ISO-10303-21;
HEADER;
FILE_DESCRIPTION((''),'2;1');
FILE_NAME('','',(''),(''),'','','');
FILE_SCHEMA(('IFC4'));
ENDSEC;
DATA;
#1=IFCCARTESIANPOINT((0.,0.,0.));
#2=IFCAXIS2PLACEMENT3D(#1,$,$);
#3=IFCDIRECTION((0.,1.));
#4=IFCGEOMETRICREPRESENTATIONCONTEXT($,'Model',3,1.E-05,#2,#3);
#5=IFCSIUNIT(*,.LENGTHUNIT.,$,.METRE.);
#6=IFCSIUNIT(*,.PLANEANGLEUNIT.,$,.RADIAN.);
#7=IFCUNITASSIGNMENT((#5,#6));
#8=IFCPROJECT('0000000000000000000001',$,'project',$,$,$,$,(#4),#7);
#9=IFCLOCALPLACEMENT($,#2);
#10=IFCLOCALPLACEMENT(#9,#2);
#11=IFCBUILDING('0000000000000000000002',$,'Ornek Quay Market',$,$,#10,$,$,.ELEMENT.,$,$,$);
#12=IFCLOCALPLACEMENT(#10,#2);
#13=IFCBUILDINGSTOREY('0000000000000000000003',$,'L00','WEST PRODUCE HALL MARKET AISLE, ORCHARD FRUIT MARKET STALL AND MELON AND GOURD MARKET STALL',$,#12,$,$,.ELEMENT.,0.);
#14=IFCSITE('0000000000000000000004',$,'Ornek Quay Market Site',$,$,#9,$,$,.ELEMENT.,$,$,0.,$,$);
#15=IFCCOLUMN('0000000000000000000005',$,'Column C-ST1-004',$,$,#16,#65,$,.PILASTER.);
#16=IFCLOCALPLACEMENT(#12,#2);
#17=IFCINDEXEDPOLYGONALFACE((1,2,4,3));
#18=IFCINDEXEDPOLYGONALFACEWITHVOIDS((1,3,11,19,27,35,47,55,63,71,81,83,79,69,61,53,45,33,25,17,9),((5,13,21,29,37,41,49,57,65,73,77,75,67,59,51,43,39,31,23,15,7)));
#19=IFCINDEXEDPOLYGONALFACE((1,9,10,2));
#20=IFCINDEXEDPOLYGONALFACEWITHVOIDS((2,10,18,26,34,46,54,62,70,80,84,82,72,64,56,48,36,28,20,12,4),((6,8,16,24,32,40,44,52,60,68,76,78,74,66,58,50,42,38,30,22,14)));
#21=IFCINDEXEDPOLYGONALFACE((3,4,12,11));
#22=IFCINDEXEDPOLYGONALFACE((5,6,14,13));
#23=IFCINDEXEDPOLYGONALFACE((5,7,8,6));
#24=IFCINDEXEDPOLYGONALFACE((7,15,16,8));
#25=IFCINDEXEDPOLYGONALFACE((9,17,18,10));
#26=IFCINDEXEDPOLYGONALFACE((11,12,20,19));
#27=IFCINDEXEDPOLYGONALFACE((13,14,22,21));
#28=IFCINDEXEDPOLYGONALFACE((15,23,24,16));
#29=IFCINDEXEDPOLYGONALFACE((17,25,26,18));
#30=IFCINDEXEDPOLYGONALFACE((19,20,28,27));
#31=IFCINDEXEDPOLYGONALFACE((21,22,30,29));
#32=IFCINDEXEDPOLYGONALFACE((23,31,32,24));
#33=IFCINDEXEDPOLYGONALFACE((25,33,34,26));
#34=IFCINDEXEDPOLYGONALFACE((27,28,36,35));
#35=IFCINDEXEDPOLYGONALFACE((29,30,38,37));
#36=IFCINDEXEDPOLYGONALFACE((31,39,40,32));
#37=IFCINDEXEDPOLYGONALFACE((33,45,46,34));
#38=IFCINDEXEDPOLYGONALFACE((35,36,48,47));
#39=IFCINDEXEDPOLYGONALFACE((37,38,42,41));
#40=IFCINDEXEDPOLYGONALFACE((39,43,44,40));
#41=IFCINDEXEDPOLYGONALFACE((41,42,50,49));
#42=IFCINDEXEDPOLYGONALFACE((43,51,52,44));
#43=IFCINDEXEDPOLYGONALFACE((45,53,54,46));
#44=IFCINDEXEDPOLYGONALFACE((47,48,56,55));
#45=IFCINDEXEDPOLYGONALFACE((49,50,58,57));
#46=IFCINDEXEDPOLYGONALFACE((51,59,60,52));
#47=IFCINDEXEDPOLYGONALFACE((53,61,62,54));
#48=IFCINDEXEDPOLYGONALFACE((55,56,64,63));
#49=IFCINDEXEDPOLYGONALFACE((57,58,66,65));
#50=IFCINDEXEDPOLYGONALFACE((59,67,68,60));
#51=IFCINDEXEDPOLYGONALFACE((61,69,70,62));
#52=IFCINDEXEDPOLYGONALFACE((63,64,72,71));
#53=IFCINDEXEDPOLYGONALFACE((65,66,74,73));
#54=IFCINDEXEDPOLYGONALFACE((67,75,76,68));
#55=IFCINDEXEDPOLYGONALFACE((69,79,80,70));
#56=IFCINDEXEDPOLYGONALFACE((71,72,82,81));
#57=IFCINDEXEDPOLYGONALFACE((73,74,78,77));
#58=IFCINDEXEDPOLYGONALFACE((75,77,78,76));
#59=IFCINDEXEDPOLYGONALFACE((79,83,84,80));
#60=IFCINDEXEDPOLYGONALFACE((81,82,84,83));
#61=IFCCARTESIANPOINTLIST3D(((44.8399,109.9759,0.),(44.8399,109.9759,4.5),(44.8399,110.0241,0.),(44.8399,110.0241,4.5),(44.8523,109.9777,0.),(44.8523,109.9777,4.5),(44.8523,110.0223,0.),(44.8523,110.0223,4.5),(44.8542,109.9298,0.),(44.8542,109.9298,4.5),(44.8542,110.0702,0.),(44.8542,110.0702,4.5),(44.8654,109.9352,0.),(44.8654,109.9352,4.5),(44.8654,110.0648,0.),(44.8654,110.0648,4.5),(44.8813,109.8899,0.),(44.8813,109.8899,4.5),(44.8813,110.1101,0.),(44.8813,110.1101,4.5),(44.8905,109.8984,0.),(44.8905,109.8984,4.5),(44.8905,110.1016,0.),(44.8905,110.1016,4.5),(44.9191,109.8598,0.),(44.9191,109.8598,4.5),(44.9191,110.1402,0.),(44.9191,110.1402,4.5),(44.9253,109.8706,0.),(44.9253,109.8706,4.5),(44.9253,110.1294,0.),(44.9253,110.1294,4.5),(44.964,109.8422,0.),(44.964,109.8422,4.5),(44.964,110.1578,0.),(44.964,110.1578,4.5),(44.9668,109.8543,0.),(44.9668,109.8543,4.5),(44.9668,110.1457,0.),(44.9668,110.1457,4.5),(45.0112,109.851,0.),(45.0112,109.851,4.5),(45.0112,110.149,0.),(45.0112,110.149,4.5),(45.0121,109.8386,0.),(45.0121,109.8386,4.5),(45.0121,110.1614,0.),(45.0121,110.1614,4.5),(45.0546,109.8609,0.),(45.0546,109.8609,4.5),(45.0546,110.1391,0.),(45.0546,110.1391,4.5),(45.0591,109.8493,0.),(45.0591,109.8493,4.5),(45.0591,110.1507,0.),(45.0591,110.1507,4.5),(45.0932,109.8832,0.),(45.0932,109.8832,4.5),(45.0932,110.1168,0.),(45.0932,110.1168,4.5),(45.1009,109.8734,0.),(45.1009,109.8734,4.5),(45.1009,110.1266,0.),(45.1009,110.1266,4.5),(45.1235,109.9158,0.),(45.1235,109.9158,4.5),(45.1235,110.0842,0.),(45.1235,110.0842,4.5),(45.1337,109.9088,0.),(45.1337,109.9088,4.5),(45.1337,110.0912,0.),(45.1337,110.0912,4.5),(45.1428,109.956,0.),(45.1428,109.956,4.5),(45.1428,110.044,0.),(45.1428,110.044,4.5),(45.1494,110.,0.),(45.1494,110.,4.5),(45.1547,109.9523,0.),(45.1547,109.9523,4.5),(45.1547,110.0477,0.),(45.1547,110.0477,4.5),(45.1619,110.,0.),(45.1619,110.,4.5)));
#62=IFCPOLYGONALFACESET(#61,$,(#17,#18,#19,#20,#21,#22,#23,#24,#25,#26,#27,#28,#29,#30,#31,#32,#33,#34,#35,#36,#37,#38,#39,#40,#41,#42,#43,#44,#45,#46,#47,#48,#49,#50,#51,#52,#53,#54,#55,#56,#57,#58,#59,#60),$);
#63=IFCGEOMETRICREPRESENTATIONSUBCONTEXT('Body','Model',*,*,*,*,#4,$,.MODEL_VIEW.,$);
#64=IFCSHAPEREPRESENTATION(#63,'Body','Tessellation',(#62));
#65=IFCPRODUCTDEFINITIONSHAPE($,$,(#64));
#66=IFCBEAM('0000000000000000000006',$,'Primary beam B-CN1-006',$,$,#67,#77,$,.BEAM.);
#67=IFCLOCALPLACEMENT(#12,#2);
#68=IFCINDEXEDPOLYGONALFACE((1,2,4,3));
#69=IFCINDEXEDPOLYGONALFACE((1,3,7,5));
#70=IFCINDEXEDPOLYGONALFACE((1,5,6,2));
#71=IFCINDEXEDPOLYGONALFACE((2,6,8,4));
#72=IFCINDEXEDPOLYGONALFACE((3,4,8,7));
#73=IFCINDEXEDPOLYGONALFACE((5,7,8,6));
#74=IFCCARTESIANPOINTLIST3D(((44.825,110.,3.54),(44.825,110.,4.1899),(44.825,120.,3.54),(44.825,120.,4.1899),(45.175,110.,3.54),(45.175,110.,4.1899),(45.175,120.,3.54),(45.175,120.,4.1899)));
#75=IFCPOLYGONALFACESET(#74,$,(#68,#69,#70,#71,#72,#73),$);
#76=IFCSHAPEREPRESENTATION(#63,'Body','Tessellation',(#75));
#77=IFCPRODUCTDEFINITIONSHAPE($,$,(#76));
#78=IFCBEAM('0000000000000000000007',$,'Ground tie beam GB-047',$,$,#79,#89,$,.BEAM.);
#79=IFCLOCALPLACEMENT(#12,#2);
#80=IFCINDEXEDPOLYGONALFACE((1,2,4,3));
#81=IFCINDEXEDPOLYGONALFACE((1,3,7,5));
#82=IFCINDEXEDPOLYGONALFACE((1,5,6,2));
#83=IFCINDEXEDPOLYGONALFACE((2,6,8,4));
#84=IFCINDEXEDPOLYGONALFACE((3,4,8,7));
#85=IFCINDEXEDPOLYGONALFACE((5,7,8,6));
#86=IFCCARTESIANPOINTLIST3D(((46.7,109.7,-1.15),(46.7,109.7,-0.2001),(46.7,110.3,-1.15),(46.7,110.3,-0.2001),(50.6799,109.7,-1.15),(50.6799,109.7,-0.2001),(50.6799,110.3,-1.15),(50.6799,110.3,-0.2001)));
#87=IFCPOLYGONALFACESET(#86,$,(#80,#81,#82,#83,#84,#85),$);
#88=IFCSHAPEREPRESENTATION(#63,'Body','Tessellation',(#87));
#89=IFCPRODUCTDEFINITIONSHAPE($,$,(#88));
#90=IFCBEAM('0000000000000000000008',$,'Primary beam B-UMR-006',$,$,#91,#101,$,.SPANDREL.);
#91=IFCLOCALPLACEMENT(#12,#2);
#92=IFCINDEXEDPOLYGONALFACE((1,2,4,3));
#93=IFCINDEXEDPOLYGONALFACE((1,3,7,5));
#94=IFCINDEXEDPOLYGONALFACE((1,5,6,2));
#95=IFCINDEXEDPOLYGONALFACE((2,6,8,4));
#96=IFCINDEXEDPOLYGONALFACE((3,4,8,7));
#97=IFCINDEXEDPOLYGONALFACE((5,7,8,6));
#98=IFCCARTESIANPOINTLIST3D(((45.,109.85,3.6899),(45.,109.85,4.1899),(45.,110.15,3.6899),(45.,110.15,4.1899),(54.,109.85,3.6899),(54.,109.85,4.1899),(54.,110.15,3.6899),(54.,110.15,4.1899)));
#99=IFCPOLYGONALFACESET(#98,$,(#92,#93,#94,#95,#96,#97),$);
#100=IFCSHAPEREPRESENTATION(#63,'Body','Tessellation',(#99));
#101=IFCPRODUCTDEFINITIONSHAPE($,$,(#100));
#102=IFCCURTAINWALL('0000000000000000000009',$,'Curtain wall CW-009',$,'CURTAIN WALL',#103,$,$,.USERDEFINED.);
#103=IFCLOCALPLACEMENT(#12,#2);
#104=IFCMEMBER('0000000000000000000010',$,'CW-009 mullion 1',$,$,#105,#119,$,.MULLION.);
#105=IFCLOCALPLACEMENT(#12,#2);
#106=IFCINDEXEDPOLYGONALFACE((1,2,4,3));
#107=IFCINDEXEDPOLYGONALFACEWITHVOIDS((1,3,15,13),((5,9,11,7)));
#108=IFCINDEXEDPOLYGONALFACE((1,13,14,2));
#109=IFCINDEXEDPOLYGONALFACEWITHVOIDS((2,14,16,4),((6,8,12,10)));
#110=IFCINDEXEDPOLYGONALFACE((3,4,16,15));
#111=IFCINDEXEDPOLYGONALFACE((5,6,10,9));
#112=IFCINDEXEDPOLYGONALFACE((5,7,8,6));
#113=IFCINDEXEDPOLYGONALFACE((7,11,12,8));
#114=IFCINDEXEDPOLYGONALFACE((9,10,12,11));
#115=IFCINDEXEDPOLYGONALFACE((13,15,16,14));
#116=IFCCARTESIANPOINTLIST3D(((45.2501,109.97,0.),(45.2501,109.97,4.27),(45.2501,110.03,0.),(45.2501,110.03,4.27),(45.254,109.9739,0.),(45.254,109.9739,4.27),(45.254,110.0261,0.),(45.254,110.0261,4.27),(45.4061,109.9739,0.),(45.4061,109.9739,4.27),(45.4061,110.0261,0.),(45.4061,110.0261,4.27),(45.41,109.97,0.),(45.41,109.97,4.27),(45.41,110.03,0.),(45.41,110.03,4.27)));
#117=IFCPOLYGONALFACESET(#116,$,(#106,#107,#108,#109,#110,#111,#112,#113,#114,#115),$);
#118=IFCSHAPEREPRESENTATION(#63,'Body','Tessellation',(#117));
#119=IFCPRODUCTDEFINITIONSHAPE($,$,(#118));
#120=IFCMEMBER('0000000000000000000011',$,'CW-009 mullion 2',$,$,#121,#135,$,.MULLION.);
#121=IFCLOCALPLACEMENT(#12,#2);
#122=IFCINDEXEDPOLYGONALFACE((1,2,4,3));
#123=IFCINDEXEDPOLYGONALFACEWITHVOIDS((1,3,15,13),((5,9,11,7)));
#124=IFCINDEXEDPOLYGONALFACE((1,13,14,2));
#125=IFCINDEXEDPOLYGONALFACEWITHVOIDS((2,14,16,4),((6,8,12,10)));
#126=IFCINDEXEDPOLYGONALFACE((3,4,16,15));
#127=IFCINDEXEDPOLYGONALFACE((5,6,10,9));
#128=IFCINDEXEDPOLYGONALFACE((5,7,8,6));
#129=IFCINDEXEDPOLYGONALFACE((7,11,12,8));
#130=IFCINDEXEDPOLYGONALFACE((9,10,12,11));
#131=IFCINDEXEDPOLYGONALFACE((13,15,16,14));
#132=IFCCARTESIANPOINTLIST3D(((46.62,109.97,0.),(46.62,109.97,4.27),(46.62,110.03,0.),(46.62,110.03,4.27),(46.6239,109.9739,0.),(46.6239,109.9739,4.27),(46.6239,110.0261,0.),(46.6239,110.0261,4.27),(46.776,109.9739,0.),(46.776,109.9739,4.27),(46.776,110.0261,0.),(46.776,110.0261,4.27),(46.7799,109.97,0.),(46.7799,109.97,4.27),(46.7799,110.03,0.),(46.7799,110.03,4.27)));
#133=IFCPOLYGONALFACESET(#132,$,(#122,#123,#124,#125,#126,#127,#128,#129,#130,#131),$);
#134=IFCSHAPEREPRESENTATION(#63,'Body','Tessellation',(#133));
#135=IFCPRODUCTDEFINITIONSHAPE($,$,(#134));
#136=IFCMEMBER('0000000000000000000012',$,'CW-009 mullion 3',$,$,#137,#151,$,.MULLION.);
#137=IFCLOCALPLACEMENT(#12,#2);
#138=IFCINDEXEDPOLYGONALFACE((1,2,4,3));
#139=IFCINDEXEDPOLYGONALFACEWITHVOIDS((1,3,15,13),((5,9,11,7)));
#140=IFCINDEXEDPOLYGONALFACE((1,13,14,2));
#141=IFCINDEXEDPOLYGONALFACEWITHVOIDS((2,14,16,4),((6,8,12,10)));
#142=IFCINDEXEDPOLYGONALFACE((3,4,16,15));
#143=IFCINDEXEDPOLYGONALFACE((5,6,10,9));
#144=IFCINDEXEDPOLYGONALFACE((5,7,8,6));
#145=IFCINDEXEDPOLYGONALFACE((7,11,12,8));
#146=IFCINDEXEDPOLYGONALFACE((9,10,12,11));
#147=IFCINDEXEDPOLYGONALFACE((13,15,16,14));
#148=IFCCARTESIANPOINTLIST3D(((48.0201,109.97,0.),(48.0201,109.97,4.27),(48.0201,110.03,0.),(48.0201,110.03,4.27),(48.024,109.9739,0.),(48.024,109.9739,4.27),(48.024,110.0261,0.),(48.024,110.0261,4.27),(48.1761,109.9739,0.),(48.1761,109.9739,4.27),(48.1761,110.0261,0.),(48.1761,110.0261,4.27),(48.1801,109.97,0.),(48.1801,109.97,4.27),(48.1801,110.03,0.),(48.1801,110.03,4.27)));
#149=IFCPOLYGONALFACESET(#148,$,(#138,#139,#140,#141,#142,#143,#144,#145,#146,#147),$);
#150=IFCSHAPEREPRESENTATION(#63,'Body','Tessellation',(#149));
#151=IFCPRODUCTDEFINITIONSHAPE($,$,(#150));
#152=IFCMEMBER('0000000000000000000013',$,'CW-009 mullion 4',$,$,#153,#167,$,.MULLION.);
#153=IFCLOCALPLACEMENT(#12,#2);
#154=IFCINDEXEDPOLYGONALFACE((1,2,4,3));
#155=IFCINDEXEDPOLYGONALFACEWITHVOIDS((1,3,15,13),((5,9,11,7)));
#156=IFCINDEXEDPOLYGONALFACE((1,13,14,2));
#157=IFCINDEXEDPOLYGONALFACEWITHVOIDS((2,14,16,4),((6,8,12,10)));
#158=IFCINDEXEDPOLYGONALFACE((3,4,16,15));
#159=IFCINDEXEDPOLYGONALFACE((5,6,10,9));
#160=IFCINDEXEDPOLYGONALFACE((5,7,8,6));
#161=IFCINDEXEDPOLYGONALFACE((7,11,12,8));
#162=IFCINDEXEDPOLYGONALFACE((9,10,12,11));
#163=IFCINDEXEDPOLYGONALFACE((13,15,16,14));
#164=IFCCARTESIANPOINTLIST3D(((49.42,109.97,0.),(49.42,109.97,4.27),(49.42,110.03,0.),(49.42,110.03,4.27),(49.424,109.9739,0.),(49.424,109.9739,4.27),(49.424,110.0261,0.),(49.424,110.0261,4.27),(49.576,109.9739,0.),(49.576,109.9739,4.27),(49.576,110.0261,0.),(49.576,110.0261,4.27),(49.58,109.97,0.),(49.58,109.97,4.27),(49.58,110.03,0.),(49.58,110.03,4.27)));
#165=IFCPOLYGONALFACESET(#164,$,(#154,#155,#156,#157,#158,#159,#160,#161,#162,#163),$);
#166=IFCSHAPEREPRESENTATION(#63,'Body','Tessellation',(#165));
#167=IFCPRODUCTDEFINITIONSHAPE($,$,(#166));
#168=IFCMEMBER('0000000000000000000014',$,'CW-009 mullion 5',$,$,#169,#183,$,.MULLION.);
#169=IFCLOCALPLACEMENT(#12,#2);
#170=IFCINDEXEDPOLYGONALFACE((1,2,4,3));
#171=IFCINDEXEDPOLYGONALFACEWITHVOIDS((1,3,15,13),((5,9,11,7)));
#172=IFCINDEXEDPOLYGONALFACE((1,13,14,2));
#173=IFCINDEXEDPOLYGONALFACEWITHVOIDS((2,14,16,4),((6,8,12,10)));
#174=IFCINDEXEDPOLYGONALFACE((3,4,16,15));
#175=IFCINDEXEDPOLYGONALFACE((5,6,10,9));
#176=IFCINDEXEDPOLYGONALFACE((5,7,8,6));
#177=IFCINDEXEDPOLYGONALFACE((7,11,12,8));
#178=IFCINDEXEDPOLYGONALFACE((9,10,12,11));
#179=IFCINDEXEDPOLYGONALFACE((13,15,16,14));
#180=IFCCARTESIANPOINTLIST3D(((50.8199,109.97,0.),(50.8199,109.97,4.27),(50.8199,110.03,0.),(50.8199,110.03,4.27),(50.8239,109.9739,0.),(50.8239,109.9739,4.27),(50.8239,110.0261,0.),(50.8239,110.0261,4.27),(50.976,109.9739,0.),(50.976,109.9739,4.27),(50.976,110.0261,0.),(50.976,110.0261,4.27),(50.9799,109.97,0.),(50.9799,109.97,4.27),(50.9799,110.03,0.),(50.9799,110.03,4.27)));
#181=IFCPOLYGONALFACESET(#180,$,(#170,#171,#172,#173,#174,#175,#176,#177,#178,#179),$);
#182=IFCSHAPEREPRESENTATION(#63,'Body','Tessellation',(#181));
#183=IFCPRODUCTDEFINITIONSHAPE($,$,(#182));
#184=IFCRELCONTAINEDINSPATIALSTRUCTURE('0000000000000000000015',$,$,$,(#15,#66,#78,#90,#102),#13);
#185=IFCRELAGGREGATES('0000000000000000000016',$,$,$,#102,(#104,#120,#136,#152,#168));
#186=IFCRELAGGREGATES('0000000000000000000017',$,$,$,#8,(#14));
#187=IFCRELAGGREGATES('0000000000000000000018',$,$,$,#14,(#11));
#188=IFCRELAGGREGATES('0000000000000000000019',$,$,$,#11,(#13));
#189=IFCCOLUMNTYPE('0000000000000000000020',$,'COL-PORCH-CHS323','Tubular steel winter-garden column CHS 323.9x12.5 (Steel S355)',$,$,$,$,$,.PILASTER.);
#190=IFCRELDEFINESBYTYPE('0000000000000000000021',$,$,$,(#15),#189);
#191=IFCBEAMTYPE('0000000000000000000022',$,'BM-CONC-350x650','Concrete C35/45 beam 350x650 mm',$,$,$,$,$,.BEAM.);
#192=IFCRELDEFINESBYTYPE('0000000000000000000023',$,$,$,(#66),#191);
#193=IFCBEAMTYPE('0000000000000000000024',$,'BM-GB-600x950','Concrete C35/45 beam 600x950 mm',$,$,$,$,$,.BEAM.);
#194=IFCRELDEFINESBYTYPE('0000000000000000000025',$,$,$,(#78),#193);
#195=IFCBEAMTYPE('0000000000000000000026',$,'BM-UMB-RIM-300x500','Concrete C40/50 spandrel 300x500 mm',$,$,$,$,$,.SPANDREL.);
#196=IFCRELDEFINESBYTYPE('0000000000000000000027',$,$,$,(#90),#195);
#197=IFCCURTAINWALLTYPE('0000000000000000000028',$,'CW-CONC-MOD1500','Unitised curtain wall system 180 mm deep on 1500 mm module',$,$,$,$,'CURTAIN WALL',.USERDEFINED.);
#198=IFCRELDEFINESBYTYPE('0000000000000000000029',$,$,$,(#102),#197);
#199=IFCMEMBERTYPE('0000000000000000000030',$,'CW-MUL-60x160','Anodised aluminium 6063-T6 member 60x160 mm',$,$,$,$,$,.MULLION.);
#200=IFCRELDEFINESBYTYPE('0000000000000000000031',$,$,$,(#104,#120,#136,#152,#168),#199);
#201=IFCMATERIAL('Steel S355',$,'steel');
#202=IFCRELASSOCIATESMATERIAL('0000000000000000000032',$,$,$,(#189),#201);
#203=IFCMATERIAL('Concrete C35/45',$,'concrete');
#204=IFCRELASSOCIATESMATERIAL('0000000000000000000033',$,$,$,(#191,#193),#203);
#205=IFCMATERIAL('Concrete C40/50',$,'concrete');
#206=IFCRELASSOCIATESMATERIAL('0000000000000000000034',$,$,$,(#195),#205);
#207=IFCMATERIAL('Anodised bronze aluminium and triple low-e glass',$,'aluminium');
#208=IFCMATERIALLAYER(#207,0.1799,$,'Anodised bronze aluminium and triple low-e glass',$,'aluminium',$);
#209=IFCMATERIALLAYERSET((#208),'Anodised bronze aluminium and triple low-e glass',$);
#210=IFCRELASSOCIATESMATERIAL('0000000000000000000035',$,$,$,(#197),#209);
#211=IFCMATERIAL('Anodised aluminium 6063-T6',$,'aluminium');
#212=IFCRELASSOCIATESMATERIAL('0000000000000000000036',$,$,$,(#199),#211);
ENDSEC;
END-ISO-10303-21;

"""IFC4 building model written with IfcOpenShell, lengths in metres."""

from ifc_helpers import new_model, si_unit, direction, frame, origin, origin_2d, place, context, subcontext, project, spatial, rectangle, hollow_rectangle, hollow_circle, extrude, material, layer, layer_set, material_profile, profile_set, type_object, element, aggregate, save


model = new_model("IFC4")

# Units and contexts
model_context = context("Model", 3, precision=1e-05, world=origin(), true_north=direction((0.0, 1.0)))
body_context = subcontext(model_context, "Body", "Model", "MODEL_VIEW")
ifc_project = project(units=[si_unit("LENGTHUNIT", "METRE"), si_unit("PLANEANGLEUNIT", "RADIAN")], contexts=[model_context])

# Site, building, storey
site_placement = place(None, origin())
site = spatial("IfcSite", under=ifc_project, at=site_placement, Name="Ornek Quay Market Site", CompositionType="ELEMENT", RefElevation=0.0)
building_placement = place(site_placement, origin())
building = spatial("IfcBuilding", under=site, at=building_placement, Name="Ornek Quay Market", CompositionType="ELEMENT")
storey_placement = place(building_placement, origin())
storey = spatial("IfcBuildingStorey", under=building, at=storey_placement, Name="L00", Description="WEST PRODUCE HALL MARKET AISLE, ORCHARD FRUIT MARKET STALL AND MELON AND GOURD MARKET STALL", CompositionType="ELEMENT", Elevation=0.0)

# Column
ifc_material_1 = material(Name="Steel S355", Category="steel")
ifc_material_profile_1 = material_profile(ifc_material_1, hollow_circle(Radius=0.1619, WallThickness=0.0125, at=origin_2d()), Name="CHS 323.9x12.5", Category="steel")
ifc_profile_set_1 = profile_set([ifc_material_profile_1], Name="Steel S355")
column_type = type_object("IfcColumnType", Name="COL-PORCH-CHS323", Description="Tubular steel winter-garden column CHS 323.9x12.5 (Steel S355)", PredefinedType="PILASTER", material=ifc_profile_set_1)
column_placement = place(storey_placement, frame((45.0, 110.0, 0.0), z_axis=(0.0, 0.0, 1.0), x_axis=(1.0, 0.0, 0.0)))
element("IfcColumn", 1, at=column_placement, inside=storey, type_object=column_type, Name="Column C-ST1-004", PredefinedType="PILASTER", context=body_context, shape_type="SweptSolid", body=[
    extrude(hollow_circle(Radius=0.1619, WallThickness=0.0125, at=origin_2d()), origin(), (0.0, 0.0, 1.0), 4.5),
])

# Beams
ifc_material_2 = material(Name="Concrete C35/45", Category="concrete")
ifc_material_profile_2 = material_profile(ifc_material_2, rectangle(XDim=0.3501, YDim=0.6499, at=origin_2d()), Name="RC 350x650", Category="concrete")
ifc_profile_set_2 = profile_set([ifc_material_profile_2], Name="Concrete C35/45")
beam_type_1 = type_object("IfcBeamType", Name="BM-CONC-350x650", Description="Concrete C35/45 beam 350x650 mm", PredefinedType="BEAM", material=ifc_profile_set_2)
beam_1_placement = place(storey_placement, frame((45.0, 110.0, 3.865), z_axis=(0.0, 1.0, 0.0), x_axis=(-1.0, 0.0, 0.0)))
element("IfcBeam", 2, at=beam_1_placement, inside=storey, type_object=beam_type_1, Name="Primary beam B-CN1-006", PredefinedType="BEAM", context=body_context, shape_type="SweptSolid", body=[
    extrude(rectangle(XDim=0.3501, YDim=0.6499, at=origin_2d()), origin(), (0.0, 0.0, 1.0), 10.0),
])
ifc_material_profile_3 = material_profile(ifc_material_2, rectangle(XDim=0.6001, YDim=0.95, at=origin_2d()), Name="RC 600x950", Category="concrete")
ifc_profile_set_3 = profile_set([ifc_material_profile_3], Name="Concrete C35/45")
beam_type_2 = type_object("IfcBeamType", Name="BM-GB-600x950", Description="Concrete C35/45 beam 600x950 mm", PredefinedType="BEAM", material=ifc_profile_set_3)
beam_2_placement = place(storey_placement, frame((46.7, 110.0, -0.675), z_axis=(1.0, 0.0, 0.0), x_axis=(0.0, 1.0, 0.0)))
element("IfcBeam", 3, at=beam_2_placement, inside=storey, type_object=beam_type_2, Name="Ground tie beam GB-047", PredefinedType="BEAM", context=body_context, shape_type="SweptSolid", body=[
    extrude(rectangle(XDim=0.6001, YDim=0.95, at=origin_2d()), origin(), (0.0, 0.0, 1.0), 3.98),
])
ifc_material_3 = material(Name="Concrete C40/50", Category="concrete")
ifc_material_profile_4 = material_profile(ifc_material_3, rectangle(XDim=0.3, YDim=0.5, at=origin_2d()), Name="RC 300x500", Category="concrete")
ifc_profile_set_4 = profile_set([ifc_material_profile_4], Name="Concrete C40/50")
beam_type_3 = type_object("IfcBeamType", Name="BM-UMB-RIM-300x500", Description="Concrete C40/50 spandrel 300x500 mm", PredefinedType="SPANDREL", material=ifc_profile_set_4)
beam_3_placement = place(storey_placement, frame((45.0, 110.0, 3.9399), z_axis=(1.0, 0.0, 0.0), x_axis=(0.0, 1.0, 0.0)))
element("IfcBeam", 4, at=beam_3_placement, inside=storey, type_object=beam_type_3, Name="Primary beam B-UMR-006", PredefinedType="SPANDREL", context=body_context, shape_type="SweptSolid", body=[
    extrude(rectangle(XDim=0.3, YDim=0.5, at=origin_2d()), origin(), (0.0, 0.0, 1.0), 9.0),
])

# Curtain wall, members
ifc_material_4 = material(Name="Anodised bronze aluminium and triple low-e glass", Category="aluminium")
ifc_layer_1 = layer(ifc_material_4, 0.1799, Name="Anodised bronze aluminium and triple low-e glass", Category="aluminium")
ifc_layer_set_1 = layer_set([ifc_layer_1], Name="Anodised bronze aluminium and triple low-e glass")
curtain_wall_type = type_object("IfcCurtainWallType", Name="CW-CONC-MOD1500", Description="Unitised curtain wall system 180 mm deep on 1500 mm module", ElementType="CURTAIN WALL", PredefinedType="USERDEFINED", material=ifc_layer_set_1)
curtain_wall_placement = place(storey_placement, origin())
curtain_wall = element("IfcCurtainWall", 5, at=curtain_wall_placement, inside=storey, type_object=curtain_wall_type, Name="Curtain wall CW-009", ObjectType="CURTAIN WALL", PredefinedType="USERDEFINED")
ifc_material_5 = material(Name="Anodised aluminium 6063-T6", Category="aluminium")
ifc_material_profile_5 = material_profile(ifc_material_5, hollow_rectangle(XDim=0.0601, YDim=0.1599, WallThickness=0.0039, at=origin_2d()), Name="CW-MUL-60x160", Category="aluminium")
ifc_profile_set_5 = profile_set([ifc_material_profile_5], Name="Anodised aluminium 6063-T6")
member_type_1 = type_object("IfcMemberType", Name="CW-MUL-60x160", Description="Anodised aluminium 6063-T6 member 60x160 mm", PredefinedType="MULLION", material=ifc_profile_set_5)
member_1_placement = place(storey_placement, frame((45.3301, 110.0, 0.0), z_axis=(0.0, 0.0, 1.0), x_axis=(0.0, 1.0, 0.0)))
member_1 = element("IfcMember", 6, at=member_1_placement, type_object=member_type_1, Name="CW-009 mullion 1", PredefinedType="MULLION", context=body_context, shape_type="SweptSolid", body=[
    extrude(hollow_rectangle(XDim=0.0601, YDim=0.1599, WallThickness=0.0039, at=origin_2d()), origin(), (0.0, 0.0, 1.0), 4.27),
])
member_2_placement = place(storey_placement, frame((46.7, 110.0, 0.0), z_axis=(0.0, 0.0, 1.0), x_axis=(0.0, 1.0, 0.0)))
member_2 = element("IfcMember", 7, at=member_2_placement, type_object=member_type_1, Name="CW-009 mullion 2", PredefinedType="MULLION", context=body_context, shape_type="SweptSolid", body=[
    extrude(hollow_rectangle(XDim=0.0601, YDim=0.1599, WallThickness=0.0039, at=origin_2d()), origin(), (0.0, 0.0, 1.0), 4.27),
])
member_3_placement = place(storey_placement, frame((48.1001, 110.0, 0.0), z_axis=(0.0, 0.0, 1.0), x_axis=(0.0, 1.0, 0.0)))
member_3 = element("IfcMember", 8, at=member_3_placement, type_object=member_type_1, Name="CW-009 mullion 3", PredefinedType="MULLION", context=body_context, shape_type="SweptSolid", body=[
    extrude(hollow_rectangle(XDim=0.0601, YDim=0.1599, WallThickness=0.0039, at=origin_2d()), origin(), (0.0, 0.0, 1.0), 4.27),
])
member_4_placement = place(storey_placement, frame((49.5, 110.0, 0.0), z_axis=(0.0, 0.0, 1.0), x_axis=(0.0, 1.0, 0.0)))
member_4 = element("IfcMember", 9, at=member_4_placement, type_object=member_type_1, Name="CW-009 mullion 4", PredefinedType="MULLION", context=body_context, shape_type="SweptSolid", body=[
    extrude(hollow_rectangle(XDim=0.0601, YDim=0.1599, WallThickness=0.0039, at=origin_2d()), origin(), (0.0, 0.0, 1.0), 4.27),
])
member_5_placement = place(storey_placement, frame((50.8999, 110.0, 0.0), z_axis=(0.0, 0.0, 1.0), x_axis=(0.0, 1.0, 0.0)))
member_5 = element("IfcMember", 10, at=member_5_placement, type_object=member_type_1, Name="CW-009 mullion 5", PredefinedType="MULLION", context=body_context, shape_type="SweptSolid", body=[
    extrude(hollow_rectangle(XDim=0.0601, YDim=0.1599, WallThickness=0.0039, at=origin_2d()), origin(), (0.0, 0.0, 1.0), 4.27),
])
aggregate(curtain_wall, [member_1, member_2, member_3, member_4, member_5])

save(model, "model.ifc")
